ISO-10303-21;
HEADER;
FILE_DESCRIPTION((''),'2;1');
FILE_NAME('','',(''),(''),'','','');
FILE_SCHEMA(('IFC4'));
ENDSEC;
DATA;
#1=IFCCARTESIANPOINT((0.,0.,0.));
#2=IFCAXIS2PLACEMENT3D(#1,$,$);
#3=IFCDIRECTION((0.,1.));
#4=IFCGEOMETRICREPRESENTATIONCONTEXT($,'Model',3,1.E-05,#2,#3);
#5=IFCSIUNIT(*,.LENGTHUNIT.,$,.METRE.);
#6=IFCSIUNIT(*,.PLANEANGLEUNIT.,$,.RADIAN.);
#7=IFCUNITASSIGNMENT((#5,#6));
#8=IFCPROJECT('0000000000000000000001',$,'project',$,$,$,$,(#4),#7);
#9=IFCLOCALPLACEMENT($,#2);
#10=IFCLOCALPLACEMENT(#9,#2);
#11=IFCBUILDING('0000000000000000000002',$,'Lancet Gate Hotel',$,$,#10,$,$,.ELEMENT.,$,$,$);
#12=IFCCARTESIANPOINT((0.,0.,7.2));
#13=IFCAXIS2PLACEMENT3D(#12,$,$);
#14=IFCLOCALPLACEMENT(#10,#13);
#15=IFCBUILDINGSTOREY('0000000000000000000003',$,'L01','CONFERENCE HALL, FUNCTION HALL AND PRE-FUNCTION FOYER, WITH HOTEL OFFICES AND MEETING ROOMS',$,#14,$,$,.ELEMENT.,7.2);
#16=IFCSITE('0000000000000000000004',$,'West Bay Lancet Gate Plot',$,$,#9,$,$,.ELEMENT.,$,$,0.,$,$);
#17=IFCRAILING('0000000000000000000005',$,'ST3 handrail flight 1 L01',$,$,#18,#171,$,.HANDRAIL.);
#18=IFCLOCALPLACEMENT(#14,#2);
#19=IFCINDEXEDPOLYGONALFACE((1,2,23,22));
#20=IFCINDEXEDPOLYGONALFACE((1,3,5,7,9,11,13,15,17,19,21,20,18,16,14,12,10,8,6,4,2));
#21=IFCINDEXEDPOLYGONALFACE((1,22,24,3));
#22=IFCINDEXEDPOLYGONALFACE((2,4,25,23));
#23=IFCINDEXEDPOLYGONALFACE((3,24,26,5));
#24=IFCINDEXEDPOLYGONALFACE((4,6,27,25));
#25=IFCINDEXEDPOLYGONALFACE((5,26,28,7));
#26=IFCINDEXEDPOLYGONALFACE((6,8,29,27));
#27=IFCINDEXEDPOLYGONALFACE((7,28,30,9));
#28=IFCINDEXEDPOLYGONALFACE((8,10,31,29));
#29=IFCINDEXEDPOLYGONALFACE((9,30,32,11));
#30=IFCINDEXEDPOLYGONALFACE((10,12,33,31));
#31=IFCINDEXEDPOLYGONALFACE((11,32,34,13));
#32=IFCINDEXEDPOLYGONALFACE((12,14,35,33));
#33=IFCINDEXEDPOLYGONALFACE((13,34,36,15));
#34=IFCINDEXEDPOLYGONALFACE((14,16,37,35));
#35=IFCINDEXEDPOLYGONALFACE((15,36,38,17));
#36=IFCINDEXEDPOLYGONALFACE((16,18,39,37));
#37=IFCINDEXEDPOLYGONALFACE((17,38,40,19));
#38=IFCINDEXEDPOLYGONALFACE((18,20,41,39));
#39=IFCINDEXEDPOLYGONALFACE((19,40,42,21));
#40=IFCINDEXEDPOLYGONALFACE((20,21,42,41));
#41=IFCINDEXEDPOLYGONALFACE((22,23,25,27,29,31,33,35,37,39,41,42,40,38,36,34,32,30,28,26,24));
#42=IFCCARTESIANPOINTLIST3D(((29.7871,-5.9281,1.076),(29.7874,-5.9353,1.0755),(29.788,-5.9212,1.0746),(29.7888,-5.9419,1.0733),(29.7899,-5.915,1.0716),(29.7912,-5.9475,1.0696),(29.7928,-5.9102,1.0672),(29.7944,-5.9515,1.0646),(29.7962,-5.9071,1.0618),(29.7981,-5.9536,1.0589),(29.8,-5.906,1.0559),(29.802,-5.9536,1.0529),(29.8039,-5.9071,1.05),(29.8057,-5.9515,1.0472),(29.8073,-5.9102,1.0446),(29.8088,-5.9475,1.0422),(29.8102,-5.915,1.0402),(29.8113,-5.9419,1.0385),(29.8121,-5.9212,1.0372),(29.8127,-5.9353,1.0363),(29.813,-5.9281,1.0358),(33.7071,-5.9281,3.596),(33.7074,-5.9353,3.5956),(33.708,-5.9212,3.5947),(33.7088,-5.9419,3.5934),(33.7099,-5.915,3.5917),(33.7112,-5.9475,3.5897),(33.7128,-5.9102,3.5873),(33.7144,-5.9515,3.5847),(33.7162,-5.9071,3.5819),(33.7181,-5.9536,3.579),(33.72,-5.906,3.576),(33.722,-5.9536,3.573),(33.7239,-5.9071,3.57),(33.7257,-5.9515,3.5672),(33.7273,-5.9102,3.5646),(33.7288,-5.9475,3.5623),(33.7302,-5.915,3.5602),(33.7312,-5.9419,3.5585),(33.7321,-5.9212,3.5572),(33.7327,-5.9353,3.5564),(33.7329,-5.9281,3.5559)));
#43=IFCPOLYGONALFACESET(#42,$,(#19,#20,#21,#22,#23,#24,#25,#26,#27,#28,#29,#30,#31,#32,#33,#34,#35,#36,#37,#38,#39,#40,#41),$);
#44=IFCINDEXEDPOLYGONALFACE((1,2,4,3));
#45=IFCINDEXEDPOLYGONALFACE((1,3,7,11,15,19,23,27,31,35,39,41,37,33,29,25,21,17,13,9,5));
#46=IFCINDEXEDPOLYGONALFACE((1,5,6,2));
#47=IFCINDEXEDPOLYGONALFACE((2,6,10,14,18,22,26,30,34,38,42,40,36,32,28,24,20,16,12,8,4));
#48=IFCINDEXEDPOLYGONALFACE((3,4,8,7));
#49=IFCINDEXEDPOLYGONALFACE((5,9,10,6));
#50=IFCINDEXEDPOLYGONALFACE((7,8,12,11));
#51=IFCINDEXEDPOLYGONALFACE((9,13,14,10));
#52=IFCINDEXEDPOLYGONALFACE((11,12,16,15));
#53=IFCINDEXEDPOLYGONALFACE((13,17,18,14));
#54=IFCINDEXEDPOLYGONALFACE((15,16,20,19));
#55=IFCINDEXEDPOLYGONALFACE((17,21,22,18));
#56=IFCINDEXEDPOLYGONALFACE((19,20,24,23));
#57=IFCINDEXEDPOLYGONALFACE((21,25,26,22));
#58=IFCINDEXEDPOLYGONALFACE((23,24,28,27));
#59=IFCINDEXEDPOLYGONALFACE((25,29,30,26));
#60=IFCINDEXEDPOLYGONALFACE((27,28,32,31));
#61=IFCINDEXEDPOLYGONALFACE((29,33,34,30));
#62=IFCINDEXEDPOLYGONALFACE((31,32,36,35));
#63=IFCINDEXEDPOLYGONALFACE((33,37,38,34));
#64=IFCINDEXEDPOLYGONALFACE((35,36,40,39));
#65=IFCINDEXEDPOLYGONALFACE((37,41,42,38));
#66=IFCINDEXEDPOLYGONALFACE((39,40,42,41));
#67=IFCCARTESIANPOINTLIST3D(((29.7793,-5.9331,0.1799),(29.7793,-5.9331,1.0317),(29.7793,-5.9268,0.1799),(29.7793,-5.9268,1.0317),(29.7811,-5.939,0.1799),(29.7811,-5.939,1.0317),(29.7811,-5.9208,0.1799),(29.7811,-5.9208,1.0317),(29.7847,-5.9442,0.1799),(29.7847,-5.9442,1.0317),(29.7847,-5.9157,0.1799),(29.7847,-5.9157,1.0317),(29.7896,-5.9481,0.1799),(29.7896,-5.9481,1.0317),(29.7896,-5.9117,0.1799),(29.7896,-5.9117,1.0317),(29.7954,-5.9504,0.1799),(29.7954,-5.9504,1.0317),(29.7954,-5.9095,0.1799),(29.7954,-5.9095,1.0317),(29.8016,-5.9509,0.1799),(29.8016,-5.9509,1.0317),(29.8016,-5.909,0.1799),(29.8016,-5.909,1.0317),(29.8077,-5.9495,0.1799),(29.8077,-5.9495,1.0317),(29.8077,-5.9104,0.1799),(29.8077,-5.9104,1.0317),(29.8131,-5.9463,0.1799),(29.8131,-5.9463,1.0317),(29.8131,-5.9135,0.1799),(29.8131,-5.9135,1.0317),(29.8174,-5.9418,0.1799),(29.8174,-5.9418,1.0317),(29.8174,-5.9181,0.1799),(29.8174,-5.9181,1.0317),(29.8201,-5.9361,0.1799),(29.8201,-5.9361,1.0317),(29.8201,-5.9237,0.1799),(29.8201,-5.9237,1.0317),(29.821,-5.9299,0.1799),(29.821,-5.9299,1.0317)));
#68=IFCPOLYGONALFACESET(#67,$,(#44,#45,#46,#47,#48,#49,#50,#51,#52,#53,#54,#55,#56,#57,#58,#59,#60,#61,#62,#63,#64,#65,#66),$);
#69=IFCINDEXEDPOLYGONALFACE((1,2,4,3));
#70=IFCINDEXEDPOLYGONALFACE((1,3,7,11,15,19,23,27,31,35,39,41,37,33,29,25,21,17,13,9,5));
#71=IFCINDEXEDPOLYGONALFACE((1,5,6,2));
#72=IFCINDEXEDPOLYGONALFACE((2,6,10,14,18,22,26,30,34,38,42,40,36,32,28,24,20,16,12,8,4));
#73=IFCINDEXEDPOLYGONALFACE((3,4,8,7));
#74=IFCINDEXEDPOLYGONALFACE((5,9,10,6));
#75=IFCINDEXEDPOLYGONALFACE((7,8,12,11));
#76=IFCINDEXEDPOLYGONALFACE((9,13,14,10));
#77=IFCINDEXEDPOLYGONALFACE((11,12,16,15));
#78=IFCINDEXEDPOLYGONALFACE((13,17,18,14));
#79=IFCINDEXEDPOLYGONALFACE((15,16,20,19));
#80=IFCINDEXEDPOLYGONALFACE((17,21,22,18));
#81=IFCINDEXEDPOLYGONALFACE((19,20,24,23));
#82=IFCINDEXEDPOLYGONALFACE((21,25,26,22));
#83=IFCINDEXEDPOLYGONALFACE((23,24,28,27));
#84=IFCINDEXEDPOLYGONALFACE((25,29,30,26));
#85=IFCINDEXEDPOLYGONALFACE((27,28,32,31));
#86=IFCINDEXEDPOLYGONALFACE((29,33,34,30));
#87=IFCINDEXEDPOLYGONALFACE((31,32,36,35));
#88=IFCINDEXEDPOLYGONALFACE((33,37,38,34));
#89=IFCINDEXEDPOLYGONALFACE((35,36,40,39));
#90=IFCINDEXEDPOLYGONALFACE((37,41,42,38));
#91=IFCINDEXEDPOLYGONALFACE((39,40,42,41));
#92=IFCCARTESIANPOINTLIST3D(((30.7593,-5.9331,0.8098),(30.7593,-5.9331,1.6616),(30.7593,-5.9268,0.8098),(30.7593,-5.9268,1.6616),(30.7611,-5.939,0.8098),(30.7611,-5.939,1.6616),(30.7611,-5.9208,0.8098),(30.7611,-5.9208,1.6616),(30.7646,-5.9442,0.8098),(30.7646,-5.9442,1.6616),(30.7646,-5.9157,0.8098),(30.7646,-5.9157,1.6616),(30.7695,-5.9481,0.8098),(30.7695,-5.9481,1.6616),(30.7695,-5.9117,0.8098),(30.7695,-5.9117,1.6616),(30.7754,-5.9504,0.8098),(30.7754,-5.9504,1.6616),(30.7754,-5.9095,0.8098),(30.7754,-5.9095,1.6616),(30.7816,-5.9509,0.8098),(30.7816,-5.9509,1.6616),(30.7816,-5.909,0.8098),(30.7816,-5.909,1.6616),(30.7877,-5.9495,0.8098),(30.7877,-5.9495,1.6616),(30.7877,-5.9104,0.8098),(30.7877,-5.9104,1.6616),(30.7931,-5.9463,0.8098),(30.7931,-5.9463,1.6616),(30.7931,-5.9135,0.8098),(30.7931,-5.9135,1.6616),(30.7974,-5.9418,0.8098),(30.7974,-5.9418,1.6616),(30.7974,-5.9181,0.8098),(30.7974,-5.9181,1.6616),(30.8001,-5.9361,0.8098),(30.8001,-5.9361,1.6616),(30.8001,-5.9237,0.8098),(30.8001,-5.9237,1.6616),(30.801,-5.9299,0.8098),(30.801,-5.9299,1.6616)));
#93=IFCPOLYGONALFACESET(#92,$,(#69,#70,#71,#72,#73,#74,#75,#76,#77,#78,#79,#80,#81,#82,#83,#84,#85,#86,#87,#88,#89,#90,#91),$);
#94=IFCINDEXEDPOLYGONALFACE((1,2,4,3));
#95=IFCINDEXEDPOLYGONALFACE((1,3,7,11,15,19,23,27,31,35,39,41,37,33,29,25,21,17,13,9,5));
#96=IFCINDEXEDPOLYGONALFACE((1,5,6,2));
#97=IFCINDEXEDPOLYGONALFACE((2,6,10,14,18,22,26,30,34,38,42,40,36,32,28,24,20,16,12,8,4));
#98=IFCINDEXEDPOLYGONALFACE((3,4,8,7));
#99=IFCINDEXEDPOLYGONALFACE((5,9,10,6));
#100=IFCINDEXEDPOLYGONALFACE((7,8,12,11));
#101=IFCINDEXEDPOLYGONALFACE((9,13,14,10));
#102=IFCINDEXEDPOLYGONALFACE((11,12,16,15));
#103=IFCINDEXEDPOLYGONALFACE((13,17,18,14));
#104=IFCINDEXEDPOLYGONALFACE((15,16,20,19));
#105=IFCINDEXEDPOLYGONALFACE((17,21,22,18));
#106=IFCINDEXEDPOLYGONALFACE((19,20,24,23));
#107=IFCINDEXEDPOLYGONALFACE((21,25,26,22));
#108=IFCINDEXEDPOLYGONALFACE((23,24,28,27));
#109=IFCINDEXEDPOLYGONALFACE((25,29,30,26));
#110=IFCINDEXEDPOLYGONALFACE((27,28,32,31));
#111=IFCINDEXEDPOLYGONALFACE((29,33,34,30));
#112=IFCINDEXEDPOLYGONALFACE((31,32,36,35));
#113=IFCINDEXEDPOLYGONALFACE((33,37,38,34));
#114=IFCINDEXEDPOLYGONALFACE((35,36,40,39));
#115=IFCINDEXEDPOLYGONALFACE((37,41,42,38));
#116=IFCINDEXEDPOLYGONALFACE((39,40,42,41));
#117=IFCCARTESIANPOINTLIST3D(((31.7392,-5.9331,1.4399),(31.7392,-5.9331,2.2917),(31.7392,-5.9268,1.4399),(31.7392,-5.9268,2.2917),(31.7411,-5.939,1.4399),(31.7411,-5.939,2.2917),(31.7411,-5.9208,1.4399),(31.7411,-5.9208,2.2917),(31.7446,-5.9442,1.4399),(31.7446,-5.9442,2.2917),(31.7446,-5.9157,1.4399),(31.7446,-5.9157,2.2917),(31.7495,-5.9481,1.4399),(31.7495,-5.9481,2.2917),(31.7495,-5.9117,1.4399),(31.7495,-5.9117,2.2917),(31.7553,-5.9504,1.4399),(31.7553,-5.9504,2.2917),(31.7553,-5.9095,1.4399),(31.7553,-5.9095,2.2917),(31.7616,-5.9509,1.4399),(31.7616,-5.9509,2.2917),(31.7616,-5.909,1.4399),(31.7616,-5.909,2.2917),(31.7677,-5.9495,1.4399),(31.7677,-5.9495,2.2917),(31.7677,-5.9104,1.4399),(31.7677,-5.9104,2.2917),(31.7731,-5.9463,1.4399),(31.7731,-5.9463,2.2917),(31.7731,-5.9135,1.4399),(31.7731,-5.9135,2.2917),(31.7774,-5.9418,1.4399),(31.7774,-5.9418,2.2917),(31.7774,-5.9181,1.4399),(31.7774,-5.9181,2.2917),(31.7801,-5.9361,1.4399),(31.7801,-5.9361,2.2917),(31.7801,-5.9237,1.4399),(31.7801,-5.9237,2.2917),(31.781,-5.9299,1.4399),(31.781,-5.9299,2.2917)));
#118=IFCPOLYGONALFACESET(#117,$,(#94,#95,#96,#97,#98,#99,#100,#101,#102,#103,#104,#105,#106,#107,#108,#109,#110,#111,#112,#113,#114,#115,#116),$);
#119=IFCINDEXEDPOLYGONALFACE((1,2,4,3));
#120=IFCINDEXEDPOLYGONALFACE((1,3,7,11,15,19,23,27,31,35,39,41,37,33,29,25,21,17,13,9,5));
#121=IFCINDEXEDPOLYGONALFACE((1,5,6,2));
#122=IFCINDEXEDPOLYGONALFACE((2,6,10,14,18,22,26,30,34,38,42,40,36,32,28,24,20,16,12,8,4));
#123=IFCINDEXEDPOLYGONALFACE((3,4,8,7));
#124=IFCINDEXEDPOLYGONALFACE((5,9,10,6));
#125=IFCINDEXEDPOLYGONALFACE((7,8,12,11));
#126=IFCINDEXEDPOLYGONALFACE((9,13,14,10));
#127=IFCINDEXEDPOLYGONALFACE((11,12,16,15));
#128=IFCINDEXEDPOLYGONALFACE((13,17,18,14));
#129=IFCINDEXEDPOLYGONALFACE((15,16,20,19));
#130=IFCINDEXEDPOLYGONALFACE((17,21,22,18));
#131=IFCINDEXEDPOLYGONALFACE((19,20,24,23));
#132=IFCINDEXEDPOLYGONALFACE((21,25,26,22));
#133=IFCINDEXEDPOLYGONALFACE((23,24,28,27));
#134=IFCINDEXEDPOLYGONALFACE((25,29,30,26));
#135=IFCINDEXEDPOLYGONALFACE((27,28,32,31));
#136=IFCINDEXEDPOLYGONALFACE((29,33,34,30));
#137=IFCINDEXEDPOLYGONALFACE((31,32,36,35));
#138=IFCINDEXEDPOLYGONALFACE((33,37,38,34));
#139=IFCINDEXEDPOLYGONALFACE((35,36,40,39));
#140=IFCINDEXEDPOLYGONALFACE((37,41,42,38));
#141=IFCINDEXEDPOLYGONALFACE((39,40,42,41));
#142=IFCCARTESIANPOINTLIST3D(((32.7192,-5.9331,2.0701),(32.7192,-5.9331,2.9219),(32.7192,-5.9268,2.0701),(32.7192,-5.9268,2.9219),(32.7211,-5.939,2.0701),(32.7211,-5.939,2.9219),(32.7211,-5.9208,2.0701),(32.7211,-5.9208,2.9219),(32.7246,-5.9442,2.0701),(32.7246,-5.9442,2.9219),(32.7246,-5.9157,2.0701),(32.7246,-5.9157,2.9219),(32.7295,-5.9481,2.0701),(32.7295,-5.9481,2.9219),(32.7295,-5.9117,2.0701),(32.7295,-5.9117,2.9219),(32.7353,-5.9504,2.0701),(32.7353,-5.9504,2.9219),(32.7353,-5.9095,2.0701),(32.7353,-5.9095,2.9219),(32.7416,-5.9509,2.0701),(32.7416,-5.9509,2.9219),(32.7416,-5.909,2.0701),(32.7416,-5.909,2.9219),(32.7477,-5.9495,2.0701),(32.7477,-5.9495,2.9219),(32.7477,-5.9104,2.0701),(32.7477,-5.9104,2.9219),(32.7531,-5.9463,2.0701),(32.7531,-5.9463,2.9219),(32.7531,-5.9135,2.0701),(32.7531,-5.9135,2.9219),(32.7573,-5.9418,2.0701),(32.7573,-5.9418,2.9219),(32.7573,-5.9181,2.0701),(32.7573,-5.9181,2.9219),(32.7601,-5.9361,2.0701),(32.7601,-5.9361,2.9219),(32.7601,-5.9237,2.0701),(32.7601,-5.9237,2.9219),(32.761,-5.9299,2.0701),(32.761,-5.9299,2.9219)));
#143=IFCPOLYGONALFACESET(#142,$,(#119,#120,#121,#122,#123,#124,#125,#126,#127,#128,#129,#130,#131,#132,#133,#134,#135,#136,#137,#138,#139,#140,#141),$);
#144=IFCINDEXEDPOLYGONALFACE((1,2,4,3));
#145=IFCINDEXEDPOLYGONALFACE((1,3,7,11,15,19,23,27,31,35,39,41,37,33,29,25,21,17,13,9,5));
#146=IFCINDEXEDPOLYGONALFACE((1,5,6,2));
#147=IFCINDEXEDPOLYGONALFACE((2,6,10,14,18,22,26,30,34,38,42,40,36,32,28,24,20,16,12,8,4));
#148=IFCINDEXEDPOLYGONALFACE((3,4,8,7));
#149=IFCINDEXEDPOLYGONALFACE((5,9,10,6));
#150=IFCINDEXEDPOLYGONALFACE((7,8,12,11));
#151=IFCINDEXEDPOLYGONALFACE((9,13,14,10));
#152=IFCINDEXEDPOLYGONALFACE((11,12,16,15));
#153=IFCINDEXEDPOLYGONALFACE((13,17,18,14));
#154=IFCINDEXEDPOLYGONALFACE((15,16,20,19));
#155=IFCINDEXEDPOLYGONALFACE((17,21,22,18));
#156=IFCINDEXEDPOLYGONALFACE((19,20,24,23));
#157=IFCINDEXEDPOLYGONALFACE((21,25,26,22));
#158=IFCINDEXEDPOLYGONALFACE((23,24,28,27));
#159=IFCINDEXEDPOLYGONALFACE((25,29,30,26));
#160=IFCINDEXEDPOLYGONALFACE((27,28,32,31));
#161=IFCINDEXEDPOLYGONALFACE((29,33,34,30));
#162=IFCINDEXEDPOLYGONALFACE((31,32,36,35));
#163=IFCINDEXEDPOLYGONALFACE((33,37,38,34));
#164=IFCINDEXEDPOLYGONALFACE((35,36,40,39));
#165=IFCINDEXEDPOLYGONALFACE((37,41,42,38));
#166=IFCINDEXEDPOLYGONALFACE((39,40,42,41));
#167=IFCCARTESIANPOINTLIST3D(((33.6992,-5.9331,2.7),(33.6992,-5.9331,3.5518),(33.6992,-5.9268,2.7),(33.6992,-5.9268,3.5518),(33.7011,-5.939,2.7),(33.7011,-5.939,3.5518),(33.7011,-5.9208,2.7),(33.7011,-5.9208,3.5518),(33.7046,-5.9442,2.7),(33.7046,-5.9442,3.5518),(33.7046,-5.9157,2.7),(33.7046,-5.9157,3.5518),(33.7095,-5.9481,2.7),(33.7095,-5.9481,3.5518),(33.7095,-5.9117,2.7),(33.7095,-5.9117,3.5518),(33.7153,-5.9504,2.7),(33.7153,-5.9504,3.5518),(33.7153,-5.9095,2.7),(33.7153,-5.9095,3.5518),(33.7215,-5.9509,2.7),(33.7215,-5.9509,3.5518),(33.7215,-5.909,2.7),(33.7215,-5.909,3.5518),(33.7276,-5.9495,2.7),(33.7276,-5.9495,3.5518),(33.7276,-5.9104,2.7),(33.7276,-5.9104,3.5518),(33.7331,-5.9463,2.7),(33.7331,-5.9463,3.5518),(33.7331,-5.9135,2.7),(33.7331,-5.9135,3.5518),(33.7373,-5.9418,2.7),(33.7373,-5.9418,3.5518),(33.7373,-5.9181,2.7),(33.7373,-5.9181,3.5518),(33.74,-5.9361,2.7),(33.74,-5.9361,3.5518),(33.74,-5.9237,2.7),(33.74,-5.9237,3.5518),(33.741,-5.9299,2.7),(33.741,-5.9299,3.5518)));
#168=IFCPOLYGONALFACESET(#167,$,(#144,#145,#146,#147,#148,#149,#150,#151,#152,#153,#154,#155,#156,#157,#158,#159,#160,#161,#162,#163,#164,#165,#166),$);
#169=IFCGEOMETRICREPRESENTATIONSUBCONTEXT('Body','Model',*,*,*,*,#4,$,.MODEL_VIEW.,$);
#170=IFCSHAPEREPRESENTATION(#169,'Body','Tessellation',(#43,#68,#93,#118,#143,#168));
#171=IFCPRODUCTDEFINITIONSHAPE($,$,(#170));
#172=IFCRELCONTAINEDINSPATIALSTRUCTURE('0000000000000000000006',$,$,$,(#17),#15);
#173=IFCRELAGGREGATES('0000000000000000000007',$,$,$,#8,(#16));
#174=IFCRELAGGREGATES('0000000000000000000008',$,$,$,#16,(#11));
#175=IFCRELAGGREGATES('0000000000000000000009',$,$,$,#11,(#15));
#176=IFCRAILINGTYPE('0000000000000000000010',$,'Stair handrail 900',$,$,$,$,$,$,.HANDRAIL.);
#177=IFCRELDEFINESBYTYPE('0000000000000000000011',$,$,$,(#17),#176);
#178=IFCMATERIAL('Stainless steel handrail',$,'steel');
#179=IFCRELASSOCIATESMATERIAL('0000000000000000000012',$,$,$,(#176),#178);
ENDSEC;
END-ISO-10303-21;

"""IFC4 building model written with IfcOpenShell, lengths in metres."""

from ifc_helpers import new_model, si_unit, direction, frame, origin, origin_2d, place, context, subcontext, project, spatial, circle, extrude, material, type_object, element, save


model = new_model("IFC4")

# Units and contexts
model_context = context("Model", 3, precision=1e-05, world=origin(), true_north=direction((0.0, 1.0)))
body_context = subcontext(model_context, "Body", "Model", "MODEL_VIEW")
ifc_project = project(units=[si_unit("LENGTHUNIT", "METRE"), si_unit("PLANEANGLEUNIT", "RADIAN")], contexts=[model_context])

# Site, building, storey
site_placement = place(None, origin())
site = spatial("IfcSite", under=ifc_project, at=site_placement, Name="West Bay Lancet Gate Plot", CompositionType="ELEMENT", RefElevation=0.0)
building_placement = place(site_placement, origin())
building = spatial("IfcBuilding", under=site, at=building_placement, Name="Lancet Gate Hotel", CompositionType="ELEMENT")
storey_placement = place(building_placement, frame((0.0, 0.0, 7.2)))
storey = spatial("IfcBuildingStorey", under=building, at=storey_placement, Name="L01", Description="CONFERENCE HALL, FUNCTION HALL AND PRE-FUNCTION FOYER, WITH HOTEL OFFICES AND MEETING ROOMS", CompositionType="ELEMENT", Elevation=7.2)

# Railing
ifc_material_1 = material(Name="Stainless steel handrail", Category="steel")
railing_type_1 = type_object("IfcRailingType", Name="Stair handrail 900", PredefinedType="HANDRAIL", material=ifc_material_1)
railing_1_placement = place(storey_placement, frame((29.8, -5.9299, 0.1799)))
element("IfcRailing", 1, at=railing_1_placement, inside=storey, type_object=railing_type_1, Name="ST3 handrail flight 1 L01", PredefinedType="HANDRAIL", context=body_context, shape_type="SweptSolid", body=[
    extrude(circle(Radius=0.0239, at=origin_2d()), frame((0.0, 0.0, 0.876), z_axis=(0.841172, 0.0, 0.540768), x_axis=(0.0, 1.0, 0.0)), (0.0, 0.0, 1.0), 4.6602),
    extrude(circle(Radius=0.021, at=origin_2d()), origin(), (0.0, 0.0, 1.0), 0.8518),
    extrude(circle(Radius=0.021, at=origin_2d()), frame((0.98, 0.0, 0.6299)), (0.0, 0.0, 1.0), 0.8518),
    extrude(circle(Radius=0.021, at=origin_2d()), frame((1.96, 0.0, 1.26)), (0.0, 0.0, 1.0), 0.8518),
    extrude(circle(Radius=0.021, at=origin_2d()), frame((2.9399, 0.0, 1.8901)), (0.0, 0.0, 1.0), 0.8518),
    extrude(circle(Radius=0.021, at=origin_2d()), frame((3.9199, 0.0, 2.52)), (0.0, 0.0, 1.0), 0.8518),
])

save(model, "model.ifc")
